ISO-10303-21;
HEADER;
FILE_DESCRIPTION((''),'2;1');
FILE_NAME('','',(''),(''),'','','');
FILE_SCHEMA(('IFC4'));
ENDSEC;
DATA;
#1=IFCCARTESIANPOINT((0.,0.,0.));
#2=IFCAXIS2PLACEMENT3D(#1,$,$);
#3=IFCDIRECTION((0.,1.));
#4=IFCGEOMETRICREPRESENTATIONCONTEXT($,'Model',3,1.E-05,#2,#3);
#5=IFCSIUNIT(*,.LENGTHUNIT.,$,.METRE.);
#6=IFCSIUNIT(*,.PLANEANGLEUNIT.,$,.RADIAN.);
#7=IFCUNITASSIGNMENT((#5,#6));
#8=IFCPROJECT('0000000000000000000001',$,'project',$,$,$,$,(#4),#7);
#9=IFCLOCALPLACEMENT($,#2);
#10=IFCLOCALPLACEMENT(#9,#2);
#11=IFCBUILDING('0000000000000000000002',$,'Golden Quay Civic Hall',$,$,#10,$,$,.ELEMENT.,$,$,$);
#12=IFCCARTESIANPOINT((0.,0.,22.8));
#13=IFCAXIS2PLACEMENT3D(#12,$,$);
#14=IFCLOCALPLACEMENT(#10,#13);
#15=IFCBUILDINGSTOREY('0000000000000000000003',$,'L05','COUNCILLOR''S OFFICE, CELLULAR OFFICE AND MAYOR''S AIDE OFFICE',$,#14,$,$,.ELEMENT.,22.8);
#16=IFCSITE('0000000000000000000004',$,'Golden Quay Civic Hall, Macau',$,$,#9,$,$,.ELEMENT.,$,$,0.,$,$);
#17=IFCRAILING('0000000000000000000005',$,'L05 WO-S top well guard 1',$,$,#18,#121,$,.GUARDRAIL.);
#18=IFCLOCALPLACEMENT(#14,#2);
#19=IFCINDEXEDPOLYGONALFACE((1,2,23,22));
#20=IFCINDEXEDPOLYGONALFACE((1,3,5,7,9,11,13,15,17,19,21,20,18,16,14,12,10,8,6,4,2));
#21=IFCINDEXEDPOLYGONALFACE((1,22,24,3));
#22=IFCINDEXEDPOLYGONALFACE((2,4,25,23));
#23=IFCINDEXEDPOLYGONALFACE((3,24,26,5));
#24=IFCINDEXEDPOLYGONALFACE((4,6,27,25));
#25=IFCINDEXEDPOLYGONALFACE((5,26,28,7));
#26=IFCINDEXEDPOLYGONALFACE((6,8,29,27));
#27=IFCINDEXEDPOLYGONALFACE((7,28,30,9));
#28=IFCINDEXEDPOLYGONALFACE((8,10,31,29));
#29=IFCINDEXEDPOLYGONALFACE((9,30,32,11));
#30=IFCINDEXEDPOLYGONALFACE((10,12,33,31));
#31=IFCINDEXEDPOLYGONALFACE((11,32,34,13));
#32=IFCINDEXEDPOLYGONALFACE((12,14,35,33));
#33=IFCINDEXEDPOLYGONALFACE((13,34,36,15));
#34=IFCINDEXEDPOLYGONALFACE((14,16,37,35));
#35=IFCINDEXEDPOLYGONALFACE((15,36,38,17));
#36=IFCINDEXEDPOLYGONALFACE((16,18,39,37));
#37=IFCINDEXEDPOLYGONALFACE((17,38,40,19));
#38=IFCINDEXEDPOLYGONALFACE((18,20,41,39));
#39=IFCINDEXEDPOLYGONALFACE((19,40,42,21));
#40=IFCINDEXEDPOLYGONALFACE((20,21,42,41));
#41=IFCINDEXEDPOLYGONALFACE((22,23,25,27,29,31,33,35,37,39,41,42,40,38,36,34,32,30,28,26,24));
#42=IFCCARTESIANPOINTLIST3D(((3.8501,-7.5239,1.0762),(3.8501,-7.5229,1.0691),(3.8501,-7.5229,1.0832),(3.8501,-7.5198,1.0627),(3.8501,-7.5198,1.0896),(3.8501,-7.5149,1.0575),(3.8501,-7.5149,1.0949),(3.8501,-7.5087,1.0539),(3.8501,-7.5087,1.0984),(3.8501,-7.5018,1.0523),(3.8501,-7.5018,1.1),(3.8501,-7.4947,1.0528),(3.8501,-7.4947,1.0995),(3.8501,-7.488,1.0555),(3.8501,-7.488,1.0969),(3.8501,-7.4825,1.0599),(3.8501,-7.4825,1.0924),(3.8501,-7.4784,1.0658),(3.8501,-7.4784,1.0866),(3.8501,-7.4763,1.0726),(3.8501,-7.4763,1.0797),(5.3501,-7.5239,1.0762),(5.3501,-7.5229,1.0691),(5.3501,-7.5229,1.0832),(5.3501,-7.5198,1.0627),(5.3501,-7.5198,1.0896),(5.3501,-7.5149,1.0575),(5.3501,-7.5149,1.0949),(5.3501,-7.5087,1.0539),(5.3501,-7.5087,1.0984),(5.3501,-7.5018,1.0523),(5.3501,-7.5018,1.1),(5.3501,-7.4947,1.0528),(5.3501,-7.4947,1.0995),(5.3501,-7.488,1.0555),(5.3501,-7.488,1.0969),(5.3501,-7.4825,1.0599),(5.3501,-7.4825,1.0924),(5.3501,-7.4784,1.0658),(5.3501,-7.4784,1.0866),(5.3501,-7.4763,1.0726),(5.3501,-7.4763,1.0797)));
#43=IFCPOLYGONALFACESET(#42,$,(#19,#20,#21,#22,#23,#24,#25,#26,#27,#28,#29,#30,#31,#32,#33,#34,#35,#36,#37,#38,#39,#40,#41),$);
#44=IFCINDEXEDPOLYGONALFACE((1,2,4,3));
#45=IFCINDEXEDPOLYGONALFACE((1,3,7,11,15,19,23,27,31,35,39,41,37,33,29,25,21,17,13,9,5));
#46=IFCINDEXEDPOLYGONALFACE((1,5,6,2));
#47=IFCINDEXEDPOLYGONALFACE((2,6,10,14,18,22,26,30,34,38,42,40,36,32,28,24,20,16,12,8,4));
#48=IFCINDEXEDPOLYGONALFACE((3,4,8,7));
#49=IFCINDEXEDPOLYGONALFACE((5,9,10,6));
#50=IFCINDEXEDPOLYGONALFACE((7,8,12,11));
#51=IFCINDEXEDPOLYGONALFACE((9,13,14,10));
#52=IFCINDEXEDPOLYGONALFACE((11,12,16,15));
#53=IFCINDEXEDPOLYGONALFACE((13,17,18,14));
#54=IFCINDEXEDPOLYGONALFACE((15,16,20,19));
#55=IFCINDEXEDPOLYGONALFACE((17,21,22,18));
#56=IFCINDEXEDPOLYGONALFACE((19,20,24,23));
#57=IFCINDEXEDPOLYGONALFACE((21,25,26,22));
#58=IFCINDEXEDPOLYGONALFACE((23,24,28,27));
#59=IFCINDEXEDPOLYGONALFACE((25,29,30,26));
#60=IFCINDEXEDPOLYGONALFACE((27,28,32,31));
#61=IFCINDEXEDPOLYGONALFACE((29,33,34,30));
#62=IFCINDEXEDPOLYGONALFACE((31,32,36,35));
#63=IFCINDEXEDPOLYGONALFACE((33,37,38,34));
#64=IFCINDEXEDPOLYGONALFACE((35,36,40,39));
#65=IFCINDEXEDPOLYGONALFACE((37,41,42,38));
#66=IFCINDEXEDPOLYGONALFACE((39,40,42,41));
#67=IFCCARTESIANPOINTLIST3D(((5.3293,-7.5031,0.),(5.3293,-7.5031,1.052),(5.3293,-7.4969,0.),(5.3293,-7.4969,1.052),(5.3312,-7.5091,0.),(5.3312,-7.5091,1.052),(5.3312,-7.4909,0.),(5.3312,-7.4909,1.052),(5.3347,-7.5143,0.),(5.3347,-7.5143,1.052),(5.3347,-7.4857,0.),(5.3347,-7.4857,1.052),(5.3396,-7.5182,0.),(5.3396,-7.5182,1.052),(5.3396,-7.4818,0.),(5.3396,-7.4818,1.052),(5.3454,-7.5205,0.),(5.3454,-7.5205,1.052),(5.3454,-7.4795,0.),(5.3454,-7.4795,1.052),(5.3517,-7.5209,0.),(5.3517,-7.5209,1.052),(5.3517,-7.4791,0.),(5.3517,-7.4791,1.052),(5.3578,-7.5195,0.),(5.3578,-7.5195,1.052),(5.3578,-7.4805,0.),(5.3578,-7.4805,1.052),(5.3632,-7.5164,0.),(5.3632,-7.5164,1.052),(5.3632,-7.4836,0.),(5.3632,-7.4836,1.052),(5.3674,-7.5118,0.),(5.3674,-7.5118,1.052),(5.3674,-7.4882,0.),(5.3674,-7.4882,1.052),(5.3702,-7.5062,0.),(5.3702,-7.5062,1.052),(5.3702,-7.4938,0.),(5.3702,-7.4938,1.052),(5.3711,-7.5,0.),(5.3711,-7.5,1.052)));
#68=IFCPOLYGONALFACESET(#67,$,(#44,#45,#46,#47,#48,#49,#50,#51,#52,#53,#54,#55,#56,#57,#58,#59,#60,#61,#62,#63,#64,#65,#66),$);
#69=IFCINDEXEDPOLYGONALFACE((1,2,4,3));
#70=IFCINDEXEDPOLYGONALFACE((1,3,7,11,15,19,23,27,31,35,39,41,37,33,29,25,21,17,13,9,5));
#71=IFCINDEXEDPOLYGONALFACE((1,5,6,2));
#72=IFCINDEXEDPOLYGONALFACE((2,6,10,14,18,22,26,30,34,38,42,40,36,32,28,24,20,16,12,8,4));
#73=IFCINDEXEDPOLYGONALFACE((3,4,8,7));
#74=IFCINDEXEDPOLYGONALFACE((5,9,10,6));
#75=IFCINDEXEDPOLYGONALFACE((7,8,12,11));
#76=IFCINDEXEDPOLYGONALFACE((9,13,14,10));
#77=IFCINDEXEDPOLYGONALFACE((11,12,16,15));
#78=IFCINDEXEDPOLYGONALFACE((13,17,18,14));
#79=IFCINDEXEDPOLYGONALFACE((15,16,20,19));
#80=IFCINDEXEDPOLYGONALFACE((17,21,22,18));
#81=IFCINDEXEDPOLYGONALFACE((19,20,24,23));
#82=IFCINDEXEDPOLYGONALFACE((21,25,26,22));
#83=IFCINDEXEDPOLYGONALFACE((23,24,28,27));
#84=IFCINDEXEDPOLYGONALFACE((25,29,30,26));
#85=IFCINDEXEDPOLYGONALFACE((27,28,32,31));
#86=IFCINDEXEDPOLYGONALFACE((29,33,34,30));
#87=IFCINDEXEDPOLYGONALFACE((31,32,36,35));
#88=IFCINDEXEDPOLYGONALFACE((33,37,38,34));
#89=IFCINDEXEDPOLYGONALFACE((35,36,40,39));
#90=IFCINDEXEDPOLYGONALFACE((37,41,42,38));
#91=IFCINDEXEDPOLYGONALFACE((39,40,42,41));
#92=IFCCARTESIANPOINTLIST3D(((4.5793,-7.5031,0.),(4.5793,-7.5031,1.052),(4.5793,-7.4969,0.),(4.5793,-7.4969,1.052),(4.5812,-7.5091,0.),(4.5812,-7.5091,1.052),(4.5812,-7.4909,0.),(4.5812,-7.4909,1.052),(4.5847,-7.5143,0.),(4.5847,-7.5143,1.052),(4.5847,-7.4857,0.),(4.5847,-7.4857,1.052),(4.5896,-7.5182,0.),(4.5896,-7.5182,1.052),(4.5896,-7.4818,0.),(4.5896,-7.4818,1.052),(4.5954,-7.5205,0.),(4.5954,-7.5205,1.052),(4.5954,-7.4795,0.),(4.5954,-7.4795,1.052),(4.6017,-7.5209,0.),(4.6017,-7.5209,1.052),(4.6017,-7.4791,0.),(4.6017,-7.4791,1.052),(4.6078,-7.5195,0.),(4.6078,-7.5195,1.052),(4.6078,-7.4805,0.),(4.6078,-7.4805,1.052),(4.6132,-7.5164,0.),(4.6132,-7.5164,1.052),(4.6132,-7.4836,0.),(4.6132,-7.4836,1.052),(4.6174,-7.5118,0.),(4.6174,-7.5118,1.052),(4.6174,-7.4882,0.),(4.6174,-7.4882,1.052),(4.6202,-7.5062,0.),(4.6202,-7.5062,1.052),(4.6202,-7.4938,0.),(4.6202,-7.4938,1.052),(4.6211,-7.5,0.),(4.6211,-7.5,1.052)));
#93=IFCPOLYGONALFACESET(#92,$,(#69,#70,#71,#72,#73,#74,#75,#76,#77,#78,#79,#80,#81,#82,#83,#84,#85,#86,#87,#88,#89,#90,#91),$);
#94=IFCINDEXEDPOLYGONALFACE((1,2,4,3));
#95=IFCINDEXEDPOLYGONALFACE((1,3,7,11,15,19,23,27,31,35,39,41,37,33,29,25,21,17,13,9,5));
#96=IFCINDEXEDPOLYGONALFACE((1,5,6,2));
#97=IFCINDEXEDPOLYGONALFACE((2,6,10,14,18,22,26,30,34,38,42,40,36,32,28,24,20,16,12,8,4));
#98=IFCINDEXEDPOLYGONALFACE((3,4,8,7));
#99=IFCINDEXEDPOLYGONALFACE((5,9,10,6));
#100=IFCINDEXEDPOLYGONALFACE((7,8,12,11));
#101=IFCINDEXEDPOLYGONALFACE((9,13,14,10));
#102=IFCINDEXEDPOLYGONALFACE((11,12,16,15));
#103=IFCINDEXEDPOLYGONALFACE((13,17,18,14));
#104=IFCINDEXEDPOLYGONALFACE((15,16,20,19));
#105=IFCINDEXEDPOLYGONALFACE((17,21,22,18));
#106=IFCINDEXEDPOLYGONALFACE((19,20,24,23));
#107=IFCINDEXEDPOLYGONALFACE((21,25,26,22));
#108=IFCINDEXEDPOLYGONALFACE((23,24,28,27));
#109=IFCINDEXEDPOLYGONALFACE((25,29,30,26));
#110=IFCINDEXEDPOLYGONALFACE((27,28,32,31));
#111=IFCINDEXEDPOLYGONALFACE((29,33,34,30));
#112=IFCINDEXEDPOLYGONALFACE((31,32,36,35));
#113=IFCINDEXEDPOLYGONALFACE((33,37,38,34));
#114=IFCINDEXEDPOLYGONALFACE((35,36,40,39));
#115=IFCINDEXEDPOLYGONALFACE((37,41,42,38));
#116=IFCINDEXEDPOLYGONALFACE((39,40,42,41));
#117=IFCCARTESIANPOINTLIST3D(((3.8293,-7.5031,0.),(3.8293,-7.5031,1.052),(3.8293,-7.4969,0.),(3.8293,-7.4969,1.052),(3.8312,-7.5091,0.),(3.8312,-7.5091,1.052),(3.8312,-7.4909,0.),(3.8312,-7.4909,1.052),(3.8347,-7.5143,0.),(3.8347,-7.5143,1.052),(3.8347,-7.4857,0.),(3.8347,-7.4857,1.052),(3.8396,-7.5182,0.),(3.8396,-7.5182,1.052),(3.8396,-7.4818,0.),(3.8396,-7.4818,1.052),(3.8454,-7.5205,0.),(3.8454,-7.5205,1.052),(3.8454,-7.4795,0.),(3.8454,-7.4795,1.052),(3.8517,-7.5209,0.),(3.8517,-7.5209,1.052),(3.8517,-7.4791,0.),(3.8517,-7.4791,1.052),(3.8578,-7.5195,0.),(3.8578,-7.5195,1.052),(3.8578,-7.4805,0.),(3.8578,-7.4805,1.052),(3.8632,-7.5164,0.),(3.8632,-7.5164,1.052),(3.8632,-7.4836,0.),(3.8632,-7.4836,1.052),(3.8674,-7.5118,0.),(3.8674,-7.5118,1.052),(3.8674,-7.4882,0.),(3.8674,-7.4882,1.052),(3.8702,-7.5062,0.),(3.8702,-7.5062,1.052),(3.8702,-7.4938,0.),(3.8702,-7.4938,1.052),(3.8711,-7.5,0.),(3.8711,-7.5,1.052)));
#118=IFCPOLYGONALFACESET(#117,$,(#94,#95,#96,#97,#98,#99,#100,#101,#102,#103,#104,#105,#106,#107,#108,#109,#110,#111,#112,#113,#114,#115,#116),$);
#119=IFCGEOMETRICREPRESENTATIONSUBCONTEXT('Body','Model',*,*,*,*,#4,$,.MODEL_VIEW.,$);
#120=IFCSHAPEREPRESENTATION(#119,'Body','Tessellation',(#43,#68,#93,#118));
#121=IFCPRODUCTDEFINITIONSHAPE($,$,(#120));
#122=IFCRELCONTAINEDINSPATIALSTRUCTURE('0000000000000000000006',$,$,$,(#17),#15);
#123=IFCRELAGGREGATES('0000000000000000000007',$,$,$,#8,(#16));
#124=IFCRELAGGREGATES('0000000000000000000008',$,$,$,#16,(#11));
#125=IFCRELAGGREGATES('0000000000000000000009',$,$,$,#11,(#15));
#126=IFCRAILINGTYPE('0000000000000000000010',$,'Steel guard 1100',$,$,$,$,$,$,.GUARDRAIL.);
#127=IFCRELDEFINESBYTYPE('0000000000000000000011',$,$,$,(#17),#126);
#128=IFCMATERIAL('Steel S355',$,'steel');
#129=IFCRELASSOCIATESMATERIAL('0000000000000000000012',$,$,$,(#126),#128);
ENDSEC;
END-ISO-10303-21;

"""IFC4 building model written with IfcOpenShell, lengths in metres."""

from ifc_helpers import new_model, si_unit, direction, frame, origin, origin_2d, place, context, subcontext, project, spatial, circle, extrude, material, type_object, element, save


model = new_model("IFC4")

# Units and contexts
model_context = context("Model", 3, precision=1e-05, world=origin(), true_north=direction((0.0, 1.0)))
body_context = subcontext(model_context, "Body", "Model", "MODEL_VIEW")
ifc_project = project(units=[si_unit("LENGTHUNIT", "METRE"), si_unit("PLANEANGLEUNIT", "RADIAN")], contexts=[model_context])

# Site, building, storey
site_placement = place(None, origin())
site = spatial("IfcSite", under=ifc_project, at=site_placement, Name="Golden Quay Civic Hall, Macau", CompositionType="ELEMENT", RefElevation=0.0)
building_placement = place(site_placement, origin())
building = spatial("IfcBuilding", under=site, at=building_placement, Name="Golden Quay Civic Hall", CompositionType="ELEMENT")
storey_placement = place(building_placement, frame((0.0, 0.0, 22.8)))
storey = spatial("IfcBuildingStorey", under=building, at=storey_placement, Name="L05", Description="COUNCILLOR'S OFFICE, CELLULAR OFFICE AND MAYOR'S AIDE OFFICE", CompositionType="ELEMENT", Elevation=22.8)

# Railing
ifc_material_1 = material(Name="Steel S355", Category="steel")
railing_type = type_object("IfcRailingType", Name="Steel guard 1100", PredefinedType="GUARDRAIL", material=ifc_material_1)
railing_placement = place(storey_placement, frame((5.3501, -7.5, 0.0)))
element("IfcRailing", 1, at=railing_placement, inside=storey, type_object=railing_type, Name="L05 WO-S top well guard 1", PredefinedType="GUARDRAIL", context=body_context, shape_type="SweptSolid", body=[
    extrude(circle(Radius=0.0239, at=origin_2d()), frame((0.0, 0.0, 1.0762), z_axis=(-1.0, 0.0, 0.0), x_axis=(0.0, -1.0, 0.0)), (0.0, 0.0, 1.0), 1.5),
    extrude(circle(Radius=0.021, at=origin_2d()), origin(), (0.0, 0.0, 1.0), 1.052),
    extrude(circle(Radius=0.021, at=origin_2d()), frame((-0.75, 0.0, 0.0)), (0.0, 0.0, 1.0), 1.052),
    extrude(circle(Radius=0.021, at=origin_2d()), frame((-1.5, 0.0, 0.0)), (0.0, 0.0, 1.0), 1.052),
])

save(model, "model.ifc")
